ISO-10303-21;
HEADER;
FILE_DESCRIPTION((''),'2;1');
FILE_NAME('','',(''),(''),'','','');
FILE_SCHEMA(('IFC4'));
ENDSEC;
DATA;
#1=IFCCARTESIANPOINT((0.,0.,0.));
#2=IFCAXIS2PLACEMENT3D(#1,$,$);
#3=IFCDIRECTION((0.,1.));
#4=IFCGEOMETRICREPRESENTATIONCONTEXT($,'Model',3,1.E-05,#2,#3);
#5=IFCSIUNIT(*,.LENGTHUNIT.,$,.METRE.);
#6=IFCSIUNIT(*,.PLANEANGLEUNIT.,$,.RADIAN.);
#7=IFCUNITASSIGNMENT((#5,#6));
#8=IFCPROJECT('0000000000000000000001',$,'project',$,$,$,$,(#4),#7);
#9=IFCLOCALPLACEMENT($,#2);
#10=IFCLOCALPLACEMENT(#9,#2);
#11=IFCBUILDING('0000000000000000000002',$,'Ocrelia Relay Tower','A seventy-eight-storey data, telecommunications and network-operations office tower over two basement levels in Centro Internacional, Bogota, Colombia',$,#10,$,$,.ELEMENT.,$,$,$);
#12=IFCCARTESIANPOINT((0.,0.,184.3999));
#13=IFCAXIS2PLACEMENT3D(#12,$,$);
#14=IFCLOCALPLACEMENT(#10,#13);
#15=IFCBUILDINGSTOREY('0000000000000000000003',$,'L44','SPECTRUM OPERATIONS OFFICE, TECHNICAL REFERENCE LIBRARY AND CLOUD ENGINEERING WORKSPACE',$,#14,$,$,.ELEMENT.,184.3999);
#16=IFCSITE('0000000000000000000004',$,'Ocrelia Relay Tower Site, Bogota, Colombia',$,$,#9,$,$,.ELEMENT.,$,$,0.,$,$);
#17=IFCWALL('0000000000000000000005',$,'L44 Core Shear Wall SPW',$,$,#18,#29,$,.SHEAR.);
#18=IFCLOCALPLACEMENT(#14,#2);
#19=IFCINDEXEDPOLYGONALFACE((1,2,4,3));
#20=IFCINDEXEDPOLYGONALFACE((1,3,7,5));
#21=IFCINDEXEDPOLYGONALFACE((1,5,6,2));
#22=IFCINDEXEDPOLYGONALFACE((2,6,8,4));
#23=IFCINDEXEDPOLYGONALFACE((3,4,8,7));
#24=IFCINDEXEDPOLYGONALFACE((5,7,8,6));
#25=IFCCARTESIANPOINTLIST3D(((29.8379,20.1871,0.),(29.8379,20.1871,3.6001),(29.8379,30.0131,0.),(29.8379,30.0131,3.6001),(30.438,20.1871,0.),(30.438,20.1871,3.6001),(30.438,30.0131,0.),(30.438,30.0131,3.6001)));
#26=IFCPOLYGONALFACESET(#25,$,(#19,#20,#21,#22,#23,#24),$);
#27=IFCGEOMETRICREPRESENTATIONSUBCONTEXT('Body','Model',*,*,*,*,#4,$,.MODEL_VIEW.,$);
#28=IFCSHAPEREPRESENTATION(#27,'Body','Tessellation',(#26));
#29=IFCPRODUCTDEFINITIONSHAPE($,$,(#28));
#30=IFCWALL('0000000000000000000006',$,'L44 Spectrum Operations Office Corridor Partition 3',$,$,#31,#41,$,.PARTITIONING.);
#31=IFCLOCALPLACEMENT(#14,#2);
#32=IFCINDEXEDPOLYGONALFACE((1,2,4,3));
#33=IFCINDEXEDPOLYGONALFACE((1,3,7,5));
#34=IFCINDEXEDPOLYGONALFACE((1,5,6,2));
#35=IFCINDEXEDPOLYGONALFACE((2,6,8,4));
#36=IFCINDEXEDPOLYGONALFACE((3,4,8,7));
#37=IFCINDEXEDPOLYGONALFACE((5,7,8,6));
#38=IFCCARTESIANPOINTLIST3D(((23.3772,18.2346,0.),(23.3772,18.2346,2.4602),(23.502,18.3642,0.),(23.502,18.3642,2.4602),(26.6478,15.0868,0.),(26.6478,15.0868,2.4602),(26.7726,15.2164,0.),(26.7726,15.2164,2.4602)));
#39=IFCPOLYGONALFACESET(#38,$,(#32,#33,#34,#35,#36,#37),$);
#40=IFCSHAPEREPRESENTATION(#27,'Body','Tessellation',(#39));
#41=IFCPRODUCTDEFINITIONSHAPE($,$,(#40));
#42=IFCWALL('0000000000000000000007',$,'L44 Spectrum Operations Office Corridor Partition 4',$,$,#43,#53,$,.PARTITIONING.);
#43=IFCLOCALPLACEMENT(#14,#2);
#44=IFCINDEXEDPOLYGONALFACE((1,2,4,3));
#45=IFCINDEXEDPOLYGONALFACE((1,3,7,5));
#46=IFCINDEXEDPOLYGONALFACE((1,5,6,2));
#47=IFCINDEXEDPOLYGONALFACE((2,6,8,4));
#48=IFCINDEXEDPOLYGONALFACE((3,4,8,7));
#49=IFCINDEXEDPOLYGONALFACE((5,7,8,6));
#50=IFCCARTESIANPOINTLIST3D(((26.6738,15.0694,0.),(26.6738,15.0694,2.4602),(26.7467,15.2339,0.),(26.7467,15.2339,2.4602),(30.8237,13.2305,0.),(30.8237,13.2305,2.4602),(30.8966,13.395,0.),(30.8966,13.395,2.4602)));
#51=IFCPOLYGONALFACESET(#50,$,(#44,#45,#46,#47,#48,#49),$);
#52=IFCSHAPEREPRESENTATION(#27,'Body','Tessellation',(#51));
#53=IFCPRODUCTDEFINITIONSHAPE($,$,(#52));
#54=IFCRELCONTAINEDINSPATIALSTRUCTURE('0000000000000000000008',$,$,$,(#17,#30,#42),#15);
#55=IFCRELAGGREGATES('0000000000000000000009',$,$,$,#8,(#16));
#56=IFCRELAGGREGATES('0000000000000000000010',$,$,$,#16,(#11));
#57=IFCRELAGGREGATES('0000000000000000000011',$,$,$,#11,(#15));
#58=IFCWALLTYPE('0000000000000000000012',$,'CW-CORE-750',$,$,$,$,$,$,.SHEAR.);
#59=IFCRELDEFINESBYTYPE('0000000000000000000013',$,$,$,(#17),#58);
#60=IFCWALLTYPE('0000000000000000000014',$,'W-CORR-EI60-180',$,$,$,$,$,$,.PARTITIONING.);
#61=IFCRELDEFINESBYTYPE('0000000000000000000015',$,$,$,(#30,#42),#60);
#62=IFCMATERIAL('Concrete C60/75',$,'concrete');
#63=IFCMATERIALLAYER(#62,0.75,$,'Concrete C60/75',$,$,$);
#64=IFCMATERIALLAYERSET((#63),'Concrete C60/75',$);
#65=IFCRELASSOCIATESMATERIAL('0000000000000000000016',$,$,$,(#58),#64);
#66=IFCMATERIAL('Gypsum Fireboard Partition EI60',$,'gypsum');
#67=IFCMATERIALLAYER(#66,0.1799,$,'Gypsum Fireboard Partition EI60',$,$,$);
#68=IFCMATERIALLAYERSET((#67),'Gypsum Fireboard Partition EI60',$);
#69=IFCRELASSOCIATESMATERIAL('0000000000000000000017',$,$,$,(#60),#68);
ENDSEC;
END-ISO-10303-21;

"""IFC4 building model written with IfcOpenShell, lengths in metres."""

from ifc_helpers import new_model, si_unit, direction, frame, frame_2d, origin, place, context, subcontext, project, spatial, rectangle, extrude, material, layer, layer_set, type_object, element, save


model = new_model("IFC4")

# Units and contexts
model_context = context("Model", 3, precision=1e-05, world=origin(), true_north=direction((0.0, 1.0)))
body_context = subcontext(model_context, "Body", "Model", "MODEL_VIEW")
ifc_project = project(units=[si_unit("LENGTHUNIT", "METRE"), si_unit("PLANEANGLEUNIT", "RADIAN")], contexts=[model_context])

# Site, building, storey
site_placement = place(None, origin())
site = spatial("IfcSite", under=ifc_project, at=site_placement, Name="Ocrelia Relay Tower Site, Bogota, Colombia", CompositionType="ELEMENT", RefElevation=0.0)
building_placement = place(site_placement, origin())
building = spatial("IfcBuilding", under=site, at=building_placement, Name="Ocrelia Relay Tower", Description="A seventy-eight-storey data, telecommunications and network-operations office tower over two basement levels in Centro Internacional, Bogota, Colombia", CompositionType="ELEMENT")
storey_placement = place(building_placement, frame((0.0, 0.0, 184.3999)))
storey = spatial("IfcBuildingStorey", under=building, at=storey_placement, Name="L44", Description="SPECTRUM OPERATIONS OFFICE, TECHNICAL REFERENCE LIBRARY AND CLOUD ENGINEERING WORKSPACE", CompositionType="ELEMENT", Elevation=184.3999)

# Shared definitions
ifc_material_1 = material(Name="Concrete C60/75", Category="concrete")

# Wall
ifc_layer_1 = layer(ifc_material_1, 0.75, Name="Concrete C60/75")
ifc_layer_set_1 = layer_set([ifc_layer_1], Name="Concrete C60/75")
wall_type_1 = type_object("IfcWallType", Name="CW-CORE-750", PredefinedType="SHEAR", material=ifc_layer_set_1)
wall_1_placement = place(storey_placement, frame((30.1379, 20.187, 0.0), z_axis=(0.0, 0.0, 1.0), x_axis=(0.0, 1.0, 0.0)))
element("IfcWall", 1, at=wall_1_placement, inside=storey, type_object=wall_type_1, Name="L44 Core Shear Wall SPW", PredefinedType="SHEAR", context=body_context, shape_type="SweptSolid", body=[
    extrude(rectangle(XDim=9.8259, YDim=0.6001, at=frame_2d((4.9131, 0.0))), origin(), (0.0, 0.0, 1.0), 3.6001),
])

# Shared definitions
ifc_material_2 = material(Name="Gypsum Fireboard Partition EI60", Category="gypsum")
ifc_layer_2 = layer(ifc_material_2, 0.1799, Name="Gypsum Fireboard Partition EI60")
ifc_layer_set_2 = layer_set([ifc_layer_2], Name="Gypsum Fireboard Partition EI60")
wall_type_2 = type_object("IfcWallType", Name="W-CORR-EI60-180", PredefinedType="PARTITIONING", material=ifc_layer_set_2)

# Walls
wall_2_placement = place(storey_placement, frame((23.4397, 18.2993, 0.0), z_axis=(0.0, 0.0, 1.0), x_axis=(0.720504, -0.69345, 0.0)))
element("IfcWall", 2, at=wall_2_placement, inside=storey, type_object=wall_type_2, Name="L44 Spectrum Operations Office Corridor Partition 3", PredefinedType="PARTITIONING", context=body_context, shape_type="SweptSolid", body=[
    extrude(rectangle(XDim=4.5393, YDim=0.1799, at=frame_2d((2.2695, 0.0))), origin(), (0.0, 0.0, 1.0), 2.4602),
])
wall_3_placement = place(storey_placement, frame((26.7102, 15.1516, 0.0), z_axis=(0.0, 0.0, 1.0), x_axis=(0.914263, -0.40512, 0.0)))
element("IfcWall", 3, at=wall_3_placement, inside=storey, type_object=wall_type_2, Name="L44 Spectrum Operations Office Corridor Partition 4", PredefinedType="PARTITIONING", context=body_context, shape_type="SweptSolid", body=[
    extrude(rectangle(XDim=4.5391, YDim=0.1799, at=frame_2d((2.2695, 0.0))), origin(), (0.0, 0.0, 1.0), 2.4602),
])

save(model, "model.ifc")
